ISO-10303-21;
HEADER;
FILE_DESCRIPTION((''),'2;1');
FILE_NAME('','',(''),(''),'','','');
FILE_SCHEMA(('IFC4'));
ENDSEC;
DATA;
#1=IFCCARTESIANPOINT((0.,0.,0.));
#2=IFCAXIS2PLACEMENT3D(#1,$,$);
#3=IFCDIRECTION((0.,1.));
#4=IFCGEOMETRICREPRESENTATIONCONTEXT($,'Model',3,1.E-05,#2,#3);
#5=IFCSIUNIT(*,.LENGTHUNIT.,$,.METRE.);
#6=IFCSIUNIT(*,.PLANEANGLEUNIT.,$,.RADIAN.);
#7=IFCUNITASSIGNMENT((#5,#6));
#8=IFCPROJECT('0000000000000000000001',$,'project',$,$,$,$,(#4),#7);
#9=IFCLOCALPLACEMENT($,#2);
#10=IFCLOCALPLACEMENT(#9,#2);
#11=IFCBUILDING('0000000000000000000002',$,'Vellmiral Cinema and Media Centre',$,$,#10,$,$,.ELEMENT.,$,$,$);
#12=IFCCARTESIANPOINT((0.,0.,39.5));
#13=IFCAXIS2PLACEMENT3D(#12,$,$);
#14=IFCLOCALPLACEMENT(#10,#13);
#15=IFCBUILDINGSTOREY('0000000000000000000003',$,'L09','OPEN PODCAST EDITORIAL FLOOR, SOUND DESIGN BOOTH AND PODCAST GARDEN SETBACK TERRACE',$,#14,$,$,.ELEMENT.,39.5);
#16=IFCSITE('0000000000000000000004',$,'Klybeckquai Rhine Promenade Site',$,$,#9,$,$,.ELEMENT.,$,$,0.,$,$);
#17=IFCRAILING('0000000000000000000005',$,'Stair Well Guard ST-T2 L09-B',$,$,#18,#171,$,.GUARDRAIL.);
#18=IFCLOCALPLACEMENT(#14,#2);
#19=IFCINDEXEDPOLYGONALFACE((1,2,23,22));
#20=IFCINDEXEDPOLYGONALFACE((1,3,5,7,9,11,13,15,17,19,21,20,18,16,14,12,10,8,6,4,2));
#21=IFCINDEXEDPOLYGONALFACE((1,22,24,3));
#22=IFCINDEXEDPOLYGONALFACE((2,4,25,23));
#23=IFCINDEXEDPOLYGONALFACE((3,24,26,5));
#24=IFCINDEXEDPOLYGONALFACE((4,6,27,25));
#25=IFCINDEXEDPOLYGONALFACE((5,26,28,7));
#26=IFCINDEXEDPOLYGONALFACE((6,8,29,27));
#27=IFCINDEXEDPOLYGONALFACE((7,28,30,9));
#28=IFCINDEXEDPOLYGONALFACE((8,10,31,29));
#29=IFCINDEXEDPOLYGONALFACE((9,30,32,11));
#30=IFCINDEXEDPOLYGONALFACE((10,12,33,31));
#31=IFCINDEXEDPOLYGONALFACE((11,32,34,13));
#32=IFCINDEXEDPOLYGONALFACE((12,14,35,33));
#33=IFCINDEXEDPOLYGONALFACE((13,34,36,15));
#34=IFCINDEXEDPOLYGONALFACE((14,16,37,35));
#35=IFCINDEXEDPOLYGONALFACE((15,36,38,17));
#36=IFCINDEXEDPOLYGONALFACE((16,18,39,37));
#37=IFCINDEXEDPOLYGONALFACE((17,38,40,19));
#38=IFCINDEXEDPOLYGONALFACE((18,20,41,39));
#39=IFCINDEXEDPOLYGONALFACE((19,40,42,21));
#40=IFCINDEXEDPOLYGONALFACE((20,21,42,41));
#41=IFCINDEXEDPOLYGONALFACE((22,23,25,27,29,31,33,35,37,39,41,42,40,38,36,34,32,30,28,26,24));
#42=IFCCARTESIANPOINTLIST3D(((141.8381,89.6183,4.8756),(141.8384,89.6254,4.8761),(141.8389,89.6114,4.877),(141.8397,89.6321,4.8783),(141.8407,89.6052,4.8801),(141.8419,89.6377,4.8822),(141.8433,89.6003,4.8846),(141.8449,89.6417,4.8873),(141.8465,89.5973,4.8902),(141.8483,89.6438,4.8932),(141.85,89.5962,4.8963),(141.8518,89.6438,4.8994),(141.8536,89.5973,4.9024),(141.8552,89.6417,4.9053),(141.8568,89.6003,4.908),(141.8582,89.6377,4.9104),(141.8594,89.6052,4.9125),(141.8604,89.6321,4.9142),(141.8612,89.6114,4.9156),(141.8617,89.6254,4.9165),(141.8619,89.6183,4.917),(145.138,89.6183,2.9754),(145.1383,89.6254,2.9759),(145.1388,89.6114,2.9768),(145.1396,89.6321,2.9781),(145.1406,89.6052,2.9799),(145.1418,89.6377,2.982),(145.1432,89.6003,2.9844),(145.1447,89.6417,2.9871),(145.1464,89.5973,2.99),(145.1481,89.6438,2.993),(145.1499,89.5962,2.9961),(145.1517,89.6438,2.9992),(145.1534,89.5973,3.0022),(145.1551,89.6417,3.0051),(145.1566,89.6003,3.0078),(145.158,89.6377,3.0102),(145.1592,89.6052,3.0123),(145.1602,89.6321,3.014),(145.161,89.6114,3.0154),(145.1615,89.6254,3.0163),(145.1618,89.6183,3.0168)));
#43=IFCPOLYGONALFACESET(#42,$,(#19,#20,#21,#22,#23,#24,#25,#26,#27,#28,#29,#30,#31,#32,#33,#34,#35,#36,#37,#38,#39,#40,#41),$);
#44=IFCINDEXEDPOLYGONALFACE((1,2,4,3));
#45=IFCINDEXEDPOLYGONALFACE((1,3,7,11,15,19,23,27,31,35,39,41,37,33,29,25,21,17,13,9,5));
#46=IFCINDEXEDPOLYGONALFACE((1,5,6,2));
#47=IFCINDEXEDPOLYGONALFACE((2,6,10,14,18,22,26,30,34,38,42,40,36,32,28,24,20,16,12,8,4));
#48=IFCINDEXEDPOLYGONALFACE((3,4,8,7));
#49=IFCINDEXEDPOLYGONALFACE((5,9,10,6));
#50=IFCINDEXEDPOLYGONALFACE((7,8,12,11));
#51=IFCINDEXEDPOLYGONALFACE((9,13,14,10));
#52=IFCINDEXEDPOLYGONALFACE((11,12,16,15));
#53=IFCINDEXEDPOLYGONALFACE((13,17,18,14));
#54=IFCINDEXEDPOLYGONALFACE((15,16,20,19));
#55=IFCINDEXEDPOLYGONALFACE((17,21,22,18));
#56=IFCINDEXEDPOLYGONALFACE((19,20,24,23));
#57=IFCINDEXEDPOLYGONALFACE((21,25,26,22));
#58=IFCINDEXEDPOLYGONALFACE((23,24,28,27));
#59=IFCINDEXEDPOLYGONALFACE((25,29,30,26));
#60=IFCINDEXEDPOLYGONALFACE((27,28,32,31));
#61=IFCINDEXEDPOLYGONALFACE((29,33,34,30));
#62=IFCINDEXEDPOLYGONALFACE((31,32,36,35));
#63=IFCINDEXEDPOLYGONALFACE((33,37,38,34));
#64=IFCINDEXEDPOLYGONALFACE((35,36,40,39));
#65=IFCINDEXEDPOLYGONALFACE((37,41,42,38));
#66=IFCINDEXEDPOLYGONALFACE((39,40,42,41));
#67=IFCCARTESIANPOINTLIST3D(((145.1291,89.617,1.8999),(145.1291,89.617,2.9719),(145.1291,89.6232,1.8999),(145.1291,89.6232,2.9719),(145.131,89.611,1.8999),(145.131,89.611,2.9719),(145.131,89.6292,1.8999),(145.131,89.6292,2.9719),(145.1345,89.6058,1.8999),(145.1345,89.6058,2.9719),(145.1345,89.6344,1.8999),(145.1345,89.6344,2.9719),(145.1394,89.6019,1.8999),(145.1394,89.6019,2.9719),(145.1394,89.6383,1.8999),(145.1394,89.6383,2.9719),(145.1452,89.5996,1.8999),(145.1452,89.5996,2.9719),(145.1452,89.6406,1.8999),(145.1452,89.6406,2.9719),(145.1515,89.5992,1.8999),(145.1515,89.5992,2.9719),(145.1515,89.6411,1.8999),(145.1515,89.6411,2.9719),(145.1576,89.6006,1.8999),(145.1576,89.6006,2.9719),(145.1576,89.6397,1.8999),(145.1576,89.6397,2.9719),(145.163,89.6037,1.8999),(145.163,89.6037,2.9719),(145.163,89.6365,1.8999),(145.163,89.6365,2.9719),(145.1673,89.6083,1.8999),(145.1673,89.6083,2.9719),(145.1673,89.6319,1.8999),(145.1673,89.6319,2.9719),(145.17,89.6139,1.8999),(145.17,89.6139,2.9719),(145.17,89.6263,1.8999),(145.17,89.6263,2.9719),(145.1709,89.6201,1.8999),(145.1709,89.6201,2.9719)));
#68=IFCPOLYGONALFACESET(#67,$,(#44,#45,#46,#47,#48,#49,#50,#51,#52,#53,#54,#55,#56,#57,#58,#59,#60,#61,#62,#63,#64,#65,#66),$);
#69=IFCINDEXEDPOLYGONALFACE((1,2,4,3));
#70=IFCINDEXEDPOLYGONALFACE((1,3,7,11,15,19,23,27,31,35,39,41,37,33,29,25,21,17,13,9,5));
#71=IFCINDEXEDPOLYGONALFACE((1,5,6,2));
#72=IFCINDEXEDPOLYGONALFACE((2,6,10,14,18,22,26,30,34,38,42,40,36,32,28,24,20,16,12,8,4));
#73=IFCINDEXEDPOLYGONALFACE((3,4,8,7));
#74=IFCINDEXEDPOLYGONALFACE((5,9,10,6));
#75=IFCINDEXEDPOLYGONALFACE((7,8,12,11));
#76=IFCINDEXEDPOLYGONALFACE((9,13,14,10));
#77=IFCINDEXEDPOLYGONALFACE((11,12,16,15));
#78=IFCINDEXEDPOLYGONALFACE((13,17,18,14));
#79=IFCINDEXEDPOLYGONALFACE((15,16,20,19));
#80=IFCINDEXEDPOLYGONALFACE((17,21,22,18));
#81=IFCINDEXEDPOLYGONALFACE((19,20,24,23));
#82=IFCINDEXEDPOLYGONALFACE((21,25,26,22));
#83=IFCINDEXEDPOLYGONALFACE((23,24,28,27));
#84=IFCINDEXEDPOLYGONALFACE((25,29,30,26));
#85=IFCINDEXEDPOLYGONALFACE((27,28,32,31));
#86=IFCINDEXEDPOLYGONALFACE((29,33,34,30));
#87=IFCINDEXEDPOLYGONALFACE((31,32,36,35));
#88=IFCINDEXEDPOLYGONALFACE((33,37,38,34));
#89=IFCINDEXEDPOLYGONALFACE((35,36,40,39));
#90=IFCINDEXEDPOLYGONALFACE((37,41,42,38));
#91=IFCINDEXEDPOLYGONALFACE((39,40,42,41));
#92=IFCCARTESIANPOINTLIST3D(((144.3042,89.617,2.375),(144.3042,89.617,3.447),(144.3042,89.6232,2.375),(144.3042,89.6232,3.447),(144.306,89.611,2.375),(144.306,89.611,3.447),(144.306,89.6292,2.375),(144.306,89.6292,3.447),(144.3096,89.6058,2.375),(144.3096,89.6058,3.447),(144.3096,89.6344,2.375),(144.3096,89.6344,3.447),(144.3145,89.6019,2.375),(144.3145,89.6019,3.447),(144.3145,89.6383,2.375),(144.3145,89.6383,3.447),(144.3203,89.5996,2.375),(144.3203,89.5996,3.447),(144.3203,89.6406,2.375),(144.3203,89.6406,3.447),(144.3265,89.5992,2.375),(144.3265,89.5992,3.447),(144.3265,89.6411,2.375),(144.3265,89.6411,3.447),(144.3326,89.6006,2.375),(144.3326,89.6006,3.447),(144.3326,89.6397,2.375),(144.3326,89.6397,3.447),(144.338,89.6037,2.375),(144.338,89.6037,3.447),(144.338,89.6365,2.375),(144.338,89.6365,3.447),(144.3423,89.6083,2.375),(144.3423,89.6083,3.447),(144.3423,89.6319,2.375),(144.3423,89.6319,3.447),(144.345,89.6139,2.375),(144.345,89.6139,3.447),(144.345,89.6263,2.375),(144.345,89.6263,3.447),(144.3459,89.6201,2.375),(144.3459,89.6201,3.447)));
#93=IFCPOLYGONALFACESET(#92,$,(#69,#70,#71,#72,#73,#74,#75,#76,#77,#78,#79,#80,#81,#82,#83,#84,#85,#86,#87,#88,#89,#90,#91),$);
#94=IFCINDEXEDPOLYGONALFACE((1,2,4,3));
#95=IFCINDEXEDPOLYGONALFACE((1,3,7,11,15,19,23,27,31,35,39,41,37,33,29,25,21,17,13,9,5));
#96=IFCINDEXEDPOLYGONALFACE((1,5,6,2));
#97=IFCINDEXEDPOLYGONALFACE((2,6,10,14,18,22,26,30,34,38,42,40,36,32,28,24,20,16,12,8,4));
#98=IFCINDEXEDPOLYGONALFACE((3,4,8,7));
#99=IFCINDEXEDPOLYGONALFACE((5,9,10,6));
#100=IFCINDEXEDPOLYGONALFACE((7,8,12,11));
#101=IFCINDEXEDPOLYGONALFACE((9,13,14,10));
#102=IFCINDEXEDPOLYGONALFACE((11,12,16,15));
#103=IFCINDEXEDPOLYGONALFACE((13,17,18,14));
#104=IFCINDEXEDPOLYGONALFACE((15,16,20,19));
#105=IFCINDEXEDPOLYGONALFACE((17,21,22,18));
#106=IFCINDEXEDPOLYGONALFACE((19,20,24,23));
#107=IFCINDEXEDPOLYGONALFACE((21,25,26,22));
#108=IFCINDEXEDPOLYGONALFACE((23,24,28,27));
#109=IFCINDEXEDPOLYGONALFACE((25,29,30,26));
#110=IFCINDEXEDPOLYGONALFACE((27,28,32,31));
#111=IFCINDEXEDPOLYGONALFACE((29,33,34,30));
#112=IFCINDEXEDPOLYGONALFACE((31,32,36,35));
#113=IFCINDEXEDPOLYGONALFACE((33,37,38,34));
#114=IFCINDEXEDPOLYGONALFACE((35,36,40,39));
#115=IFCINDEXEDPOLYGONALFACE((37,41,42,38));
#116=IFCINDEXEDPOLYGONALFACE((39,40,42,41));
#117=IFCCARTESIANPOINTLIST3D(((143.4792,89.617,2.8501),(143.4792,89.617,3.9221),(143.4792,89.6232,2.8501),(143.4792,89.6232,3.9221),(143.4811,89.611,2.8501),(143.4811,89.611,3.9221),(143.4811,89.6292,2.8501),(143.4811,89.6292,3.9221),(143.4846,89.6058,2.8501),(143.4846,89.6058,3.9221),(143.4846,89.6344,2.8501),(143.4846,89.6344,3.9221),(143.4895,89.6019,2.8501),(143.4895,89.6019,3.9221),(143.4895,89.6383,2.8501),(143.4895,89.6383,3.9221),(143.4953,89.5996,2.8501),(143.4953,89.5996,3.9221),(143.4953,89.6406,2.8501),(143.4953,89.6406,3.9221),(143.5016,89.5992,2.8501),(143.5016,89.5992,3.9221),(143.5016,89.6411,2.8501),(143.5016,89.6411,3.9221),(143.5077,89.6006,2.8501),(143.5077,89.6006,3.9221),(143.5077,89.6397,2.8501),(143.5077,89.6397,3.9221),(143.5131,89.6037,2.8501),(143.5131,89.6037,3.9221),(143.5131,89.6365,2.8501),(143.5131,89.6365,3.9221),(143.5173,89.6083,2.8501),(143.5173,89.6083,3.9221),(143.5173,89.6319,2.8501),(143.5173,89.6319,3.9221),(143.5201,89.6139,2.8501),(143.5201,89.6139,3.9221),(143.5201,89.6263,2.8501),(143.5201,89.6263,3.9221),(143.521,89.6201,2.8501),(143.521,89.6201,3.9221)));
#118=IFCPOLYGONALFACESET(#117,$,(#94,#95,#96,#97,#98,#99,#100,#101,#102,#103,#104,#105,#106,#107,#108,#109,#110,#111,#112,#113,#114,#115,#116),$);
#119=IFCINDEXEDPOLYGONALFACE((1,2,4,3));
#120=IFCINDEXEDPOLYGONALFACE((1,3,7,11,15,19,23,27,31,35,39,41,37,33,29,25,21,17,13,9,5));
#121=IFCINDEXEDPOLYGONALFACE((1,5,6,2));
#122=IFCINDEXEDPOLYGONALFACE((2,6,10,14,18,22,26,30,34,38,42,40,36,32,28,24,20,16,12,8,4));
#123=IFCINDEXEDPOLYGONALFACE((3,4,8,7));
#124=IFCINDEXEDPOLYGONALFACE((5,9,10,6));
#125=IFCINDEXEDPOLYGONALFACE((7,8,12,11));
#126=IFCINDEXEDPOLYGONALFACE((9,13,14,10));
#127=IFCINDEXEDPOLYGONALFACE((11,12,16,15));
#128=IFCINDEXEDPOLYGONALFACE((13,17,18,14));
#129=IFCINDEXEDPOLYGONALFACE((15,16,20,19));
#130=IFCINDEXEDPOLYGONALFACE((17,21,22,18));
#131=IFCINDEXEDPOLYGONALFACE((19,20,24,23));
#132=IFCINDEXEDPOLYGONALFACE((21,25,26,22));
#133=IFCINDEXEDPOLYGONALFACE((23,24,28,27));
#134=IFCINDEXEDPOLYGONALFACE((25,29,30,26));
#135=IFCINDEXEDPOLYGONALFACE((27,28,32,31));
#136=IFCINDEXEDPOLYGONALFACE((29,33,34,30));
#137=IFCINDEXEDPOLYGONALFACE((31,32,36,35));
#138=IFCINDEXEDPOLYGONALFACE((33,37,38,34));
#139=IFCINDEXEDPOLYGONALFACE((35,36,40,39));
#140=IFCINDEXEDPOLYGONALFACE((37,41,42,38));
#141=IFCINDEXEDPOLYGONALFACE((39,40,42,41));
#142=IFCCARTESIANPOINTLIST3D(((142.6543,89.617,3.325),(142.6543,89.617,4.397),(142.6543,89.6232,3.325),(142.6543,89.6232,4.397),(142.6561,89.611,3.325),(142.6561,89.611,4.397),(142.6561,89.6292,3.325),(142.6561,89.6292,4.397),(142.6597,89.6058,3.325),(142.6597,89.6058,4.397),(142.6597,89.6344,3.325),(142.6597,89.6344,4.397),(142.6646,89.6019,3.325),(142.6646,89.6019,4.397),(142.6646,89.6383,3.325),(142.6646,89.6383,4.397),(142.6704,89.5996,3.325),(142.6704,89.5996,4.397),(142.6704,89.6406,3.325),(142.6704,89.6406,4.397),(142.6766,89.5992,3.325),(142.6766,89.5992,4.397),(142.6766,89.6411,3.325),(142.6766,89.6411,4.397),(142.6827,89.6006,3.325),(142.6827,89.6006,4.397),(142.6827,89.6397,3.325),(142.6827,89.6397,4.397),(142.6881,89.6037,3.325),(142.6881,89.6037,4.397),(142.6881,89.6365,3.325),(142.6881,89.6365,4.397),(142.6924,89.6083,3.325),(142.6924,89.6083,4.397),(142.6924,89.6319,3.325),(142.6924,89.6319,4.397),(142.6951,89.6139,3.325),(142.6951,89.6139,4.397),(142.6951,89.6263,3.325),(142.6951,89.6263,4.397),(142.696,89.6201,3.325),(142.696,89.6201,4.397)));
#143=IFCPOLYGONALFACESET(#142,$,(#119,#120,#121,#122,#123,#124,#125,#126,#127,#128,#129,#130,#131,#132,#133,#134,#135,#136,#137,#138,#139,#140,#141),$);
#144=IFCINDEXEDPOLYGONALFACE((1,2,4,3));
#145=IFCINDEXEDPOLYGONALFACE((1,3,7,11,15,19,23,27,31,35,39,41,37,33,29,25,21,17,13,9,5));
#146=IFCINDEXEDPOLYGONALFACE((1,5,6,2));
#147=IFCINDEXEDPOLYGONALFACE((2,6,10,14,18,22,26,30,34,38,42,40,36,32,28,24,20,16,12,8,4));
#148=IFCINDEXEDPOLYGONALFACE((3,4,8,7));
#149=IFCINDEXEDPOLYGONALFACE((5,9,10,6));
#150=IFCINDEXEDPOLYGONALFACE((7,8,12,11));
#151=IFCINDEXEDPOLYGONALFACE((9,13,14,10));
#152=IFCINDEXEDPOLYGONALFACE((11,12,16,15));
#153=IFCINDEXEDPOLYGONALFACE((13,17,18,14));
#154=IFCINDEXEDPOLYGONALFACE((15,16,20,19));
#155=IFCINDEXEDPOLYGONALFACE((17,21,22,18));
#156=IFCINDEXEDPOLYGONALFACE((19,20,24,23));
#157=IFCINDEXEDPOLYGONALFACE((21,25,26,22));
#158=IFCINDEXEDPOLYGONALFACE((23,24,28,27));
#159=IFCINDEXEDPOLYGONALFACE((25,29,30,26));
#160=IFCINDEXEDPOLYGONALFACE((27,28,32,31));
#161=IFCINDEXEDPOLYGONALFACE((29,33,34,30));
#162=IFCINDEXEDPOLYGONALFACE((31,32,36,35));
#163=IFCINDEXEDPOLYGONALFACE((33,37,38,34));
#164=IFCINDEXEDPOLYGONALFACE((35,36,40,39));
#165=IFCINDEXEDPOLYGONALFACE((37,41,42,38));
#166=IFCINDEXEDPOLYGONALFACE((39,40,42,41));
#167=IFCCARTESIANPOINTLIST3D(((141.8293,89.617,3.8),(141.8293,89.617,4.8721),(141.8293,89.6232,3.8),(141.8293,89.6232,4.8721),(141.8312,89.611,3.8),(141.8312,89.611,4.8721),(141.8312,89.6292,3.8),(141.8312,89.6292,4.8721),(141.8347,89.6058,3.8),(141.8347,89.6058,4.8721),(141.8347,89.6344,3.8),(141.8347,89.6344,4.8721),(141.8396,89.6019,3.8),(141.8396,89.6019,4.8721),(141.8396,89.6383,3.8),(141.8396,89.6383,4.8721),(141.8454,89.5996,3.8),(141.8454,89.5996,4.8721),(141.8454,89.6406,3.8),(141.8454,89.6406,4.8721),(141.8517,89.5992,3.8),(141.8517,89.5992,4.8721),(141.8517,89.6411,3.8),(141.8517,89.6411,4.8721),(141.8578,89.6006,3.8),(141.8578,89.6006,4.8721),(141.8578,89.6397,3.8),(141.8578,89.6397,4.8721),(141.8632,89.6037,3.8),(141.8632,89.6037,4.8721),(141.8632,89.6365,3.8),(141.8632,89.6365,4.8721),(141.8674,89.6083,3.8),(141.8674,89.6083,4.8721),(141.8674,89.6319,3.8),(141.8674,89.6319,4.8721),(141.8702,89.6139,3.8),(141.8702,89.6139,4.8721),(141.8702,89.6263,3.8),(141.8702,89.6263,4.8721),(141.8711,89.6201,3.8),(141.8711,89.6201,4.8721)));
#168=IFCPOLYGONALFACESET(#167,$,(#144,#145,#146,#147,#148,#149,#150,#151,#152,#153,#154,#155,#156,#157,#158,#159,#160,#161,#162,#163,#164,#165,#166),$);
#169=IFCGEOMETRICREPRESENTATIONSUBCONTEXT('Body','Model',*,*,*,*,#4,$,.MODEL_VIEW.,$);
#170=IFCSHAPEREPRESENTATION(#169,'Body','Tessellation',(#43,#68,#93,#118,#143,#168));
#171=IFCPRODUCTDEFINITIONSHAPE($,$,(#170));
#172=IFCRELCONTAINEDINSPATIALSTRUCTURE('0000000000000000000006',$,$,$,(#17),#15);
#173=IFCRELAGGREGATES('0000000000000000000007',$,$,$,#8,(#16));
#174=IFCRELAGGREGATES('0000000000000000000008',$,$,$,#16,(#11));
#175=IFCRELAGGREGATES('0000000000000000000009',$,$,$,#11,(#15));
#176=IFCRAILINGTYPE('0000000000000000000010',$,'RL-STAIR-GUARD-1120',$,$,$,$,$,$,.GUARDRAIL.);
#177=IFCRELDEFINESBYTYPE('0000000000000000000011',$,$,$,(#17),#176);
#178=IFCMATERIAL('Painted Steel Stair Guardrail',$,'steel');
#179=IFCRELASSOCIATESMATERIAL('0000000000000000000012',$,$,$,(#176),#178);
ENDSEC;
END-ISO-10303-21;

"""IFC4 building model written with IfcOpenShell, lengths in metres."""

from ifc_helpers import new_model, si_unit, direction, frame, origin, origin_2d, place, context, subcontext, project, spatial, circle, extrude, material, type_object, element, save


model = new_model("IFC4")

# Units and contexts
model_context = context("Model", 3, precision=1e-05, world=origin(), true_north=direction((0.0, 1.0)))
body_context = subcontext(model_context, "Body", "Model", "MODEL_VIEW")
ifc_project = project(units=[si_unit("LENGTHUNIT", "METRE"), si_unit("PLANEANGLEUNIT", "RADIAN")], contexts=[model_context])

# Site, building, storey
site_placement = place(None, origin())
site = spatial("IfcSite", under=ifc_project, at=site_placement, Name="Klybeckquai Rhine Promenade Site", CompositionType="ELEMENT", RefElevation=0.0)
building_placement = place(site_placement, origin())
building = spatial("IfcBuilding", under=site, at=building_placement, Name="Vellmiral Cinema and Media Centre", CompositionType="ELEMENT")
storey_placement = place(building_placement, frame((0.0, 0.0, 39.5)))
storey = spatial("IfcBuildingStorey", under=building, at=storey_placement, Name="L09", Description="OPEN PODCAST EDITORIAL FLOOR, SOUND DESIGN BOOTH AND PODCAST GARDEN SETBACK TERRACE", CompositionType="ELEMENT", Elevation=39.5)

# Railing
ifc_material_1 = material(Name="Painted Steel Stair Guardrail", Category="steel")
railing_type_1 = type_object("IfcRailingType", Name="RL-STAIR-GUARD-1120", PredefinedType="GUARDRAIL", material=ifc_material_1)
railing_1_placement = place(storey_placement, frame((145.1499, 89.6201, 1.8999)))
element("IfcRailing", 1, at=railing_1_placement, inside=storey, type_object=railing_type_1, Name="Stair Well Guard ST-T2 L09-B", PredefinedType="GUARDRAIL", context=body_context, shape_type="SweptSolid", body=[
    extrude(circle(Radius=0.0239, at=origin_2d()), frame((0.0, 0.0, 1.0962), z_axis=(-0.866593, 0.0, 0.499016), x_axis=(0.0, -1.0, 0.0)), (0.0, 0.0, 1.0), 3.8079),
    extrude(circle(Radius=0.021, at=origin_2d()), origin(), (0.0, 0.0, 1.0), 1.072),
    extrude(circle(Radius=0.021, at=origin_2d()), frame((-0.825, 0.0, 0.4751)), (0.0, 0.0, 1.0), 1.072),
    extrude(circle(Radius=0.021, at=origin_2d()), frame((-1.6499, 0.0, 0.9502)), (0.0, 0.0, 1.0), 1.072),
    extrude(circle(Radius=0.021, at=origin_2d()), frame((-2.4749, 0.0, 1.425)), (0.0, 0.0, 1.0), 1.072),
    extrude(circle(Radius=0.021, at=origin_2d()), frame((-3.2998, 0.0, 1.9001)), (0.0, 0.0, 1.0), 1.072),
])

save(model, "model.ifc")
